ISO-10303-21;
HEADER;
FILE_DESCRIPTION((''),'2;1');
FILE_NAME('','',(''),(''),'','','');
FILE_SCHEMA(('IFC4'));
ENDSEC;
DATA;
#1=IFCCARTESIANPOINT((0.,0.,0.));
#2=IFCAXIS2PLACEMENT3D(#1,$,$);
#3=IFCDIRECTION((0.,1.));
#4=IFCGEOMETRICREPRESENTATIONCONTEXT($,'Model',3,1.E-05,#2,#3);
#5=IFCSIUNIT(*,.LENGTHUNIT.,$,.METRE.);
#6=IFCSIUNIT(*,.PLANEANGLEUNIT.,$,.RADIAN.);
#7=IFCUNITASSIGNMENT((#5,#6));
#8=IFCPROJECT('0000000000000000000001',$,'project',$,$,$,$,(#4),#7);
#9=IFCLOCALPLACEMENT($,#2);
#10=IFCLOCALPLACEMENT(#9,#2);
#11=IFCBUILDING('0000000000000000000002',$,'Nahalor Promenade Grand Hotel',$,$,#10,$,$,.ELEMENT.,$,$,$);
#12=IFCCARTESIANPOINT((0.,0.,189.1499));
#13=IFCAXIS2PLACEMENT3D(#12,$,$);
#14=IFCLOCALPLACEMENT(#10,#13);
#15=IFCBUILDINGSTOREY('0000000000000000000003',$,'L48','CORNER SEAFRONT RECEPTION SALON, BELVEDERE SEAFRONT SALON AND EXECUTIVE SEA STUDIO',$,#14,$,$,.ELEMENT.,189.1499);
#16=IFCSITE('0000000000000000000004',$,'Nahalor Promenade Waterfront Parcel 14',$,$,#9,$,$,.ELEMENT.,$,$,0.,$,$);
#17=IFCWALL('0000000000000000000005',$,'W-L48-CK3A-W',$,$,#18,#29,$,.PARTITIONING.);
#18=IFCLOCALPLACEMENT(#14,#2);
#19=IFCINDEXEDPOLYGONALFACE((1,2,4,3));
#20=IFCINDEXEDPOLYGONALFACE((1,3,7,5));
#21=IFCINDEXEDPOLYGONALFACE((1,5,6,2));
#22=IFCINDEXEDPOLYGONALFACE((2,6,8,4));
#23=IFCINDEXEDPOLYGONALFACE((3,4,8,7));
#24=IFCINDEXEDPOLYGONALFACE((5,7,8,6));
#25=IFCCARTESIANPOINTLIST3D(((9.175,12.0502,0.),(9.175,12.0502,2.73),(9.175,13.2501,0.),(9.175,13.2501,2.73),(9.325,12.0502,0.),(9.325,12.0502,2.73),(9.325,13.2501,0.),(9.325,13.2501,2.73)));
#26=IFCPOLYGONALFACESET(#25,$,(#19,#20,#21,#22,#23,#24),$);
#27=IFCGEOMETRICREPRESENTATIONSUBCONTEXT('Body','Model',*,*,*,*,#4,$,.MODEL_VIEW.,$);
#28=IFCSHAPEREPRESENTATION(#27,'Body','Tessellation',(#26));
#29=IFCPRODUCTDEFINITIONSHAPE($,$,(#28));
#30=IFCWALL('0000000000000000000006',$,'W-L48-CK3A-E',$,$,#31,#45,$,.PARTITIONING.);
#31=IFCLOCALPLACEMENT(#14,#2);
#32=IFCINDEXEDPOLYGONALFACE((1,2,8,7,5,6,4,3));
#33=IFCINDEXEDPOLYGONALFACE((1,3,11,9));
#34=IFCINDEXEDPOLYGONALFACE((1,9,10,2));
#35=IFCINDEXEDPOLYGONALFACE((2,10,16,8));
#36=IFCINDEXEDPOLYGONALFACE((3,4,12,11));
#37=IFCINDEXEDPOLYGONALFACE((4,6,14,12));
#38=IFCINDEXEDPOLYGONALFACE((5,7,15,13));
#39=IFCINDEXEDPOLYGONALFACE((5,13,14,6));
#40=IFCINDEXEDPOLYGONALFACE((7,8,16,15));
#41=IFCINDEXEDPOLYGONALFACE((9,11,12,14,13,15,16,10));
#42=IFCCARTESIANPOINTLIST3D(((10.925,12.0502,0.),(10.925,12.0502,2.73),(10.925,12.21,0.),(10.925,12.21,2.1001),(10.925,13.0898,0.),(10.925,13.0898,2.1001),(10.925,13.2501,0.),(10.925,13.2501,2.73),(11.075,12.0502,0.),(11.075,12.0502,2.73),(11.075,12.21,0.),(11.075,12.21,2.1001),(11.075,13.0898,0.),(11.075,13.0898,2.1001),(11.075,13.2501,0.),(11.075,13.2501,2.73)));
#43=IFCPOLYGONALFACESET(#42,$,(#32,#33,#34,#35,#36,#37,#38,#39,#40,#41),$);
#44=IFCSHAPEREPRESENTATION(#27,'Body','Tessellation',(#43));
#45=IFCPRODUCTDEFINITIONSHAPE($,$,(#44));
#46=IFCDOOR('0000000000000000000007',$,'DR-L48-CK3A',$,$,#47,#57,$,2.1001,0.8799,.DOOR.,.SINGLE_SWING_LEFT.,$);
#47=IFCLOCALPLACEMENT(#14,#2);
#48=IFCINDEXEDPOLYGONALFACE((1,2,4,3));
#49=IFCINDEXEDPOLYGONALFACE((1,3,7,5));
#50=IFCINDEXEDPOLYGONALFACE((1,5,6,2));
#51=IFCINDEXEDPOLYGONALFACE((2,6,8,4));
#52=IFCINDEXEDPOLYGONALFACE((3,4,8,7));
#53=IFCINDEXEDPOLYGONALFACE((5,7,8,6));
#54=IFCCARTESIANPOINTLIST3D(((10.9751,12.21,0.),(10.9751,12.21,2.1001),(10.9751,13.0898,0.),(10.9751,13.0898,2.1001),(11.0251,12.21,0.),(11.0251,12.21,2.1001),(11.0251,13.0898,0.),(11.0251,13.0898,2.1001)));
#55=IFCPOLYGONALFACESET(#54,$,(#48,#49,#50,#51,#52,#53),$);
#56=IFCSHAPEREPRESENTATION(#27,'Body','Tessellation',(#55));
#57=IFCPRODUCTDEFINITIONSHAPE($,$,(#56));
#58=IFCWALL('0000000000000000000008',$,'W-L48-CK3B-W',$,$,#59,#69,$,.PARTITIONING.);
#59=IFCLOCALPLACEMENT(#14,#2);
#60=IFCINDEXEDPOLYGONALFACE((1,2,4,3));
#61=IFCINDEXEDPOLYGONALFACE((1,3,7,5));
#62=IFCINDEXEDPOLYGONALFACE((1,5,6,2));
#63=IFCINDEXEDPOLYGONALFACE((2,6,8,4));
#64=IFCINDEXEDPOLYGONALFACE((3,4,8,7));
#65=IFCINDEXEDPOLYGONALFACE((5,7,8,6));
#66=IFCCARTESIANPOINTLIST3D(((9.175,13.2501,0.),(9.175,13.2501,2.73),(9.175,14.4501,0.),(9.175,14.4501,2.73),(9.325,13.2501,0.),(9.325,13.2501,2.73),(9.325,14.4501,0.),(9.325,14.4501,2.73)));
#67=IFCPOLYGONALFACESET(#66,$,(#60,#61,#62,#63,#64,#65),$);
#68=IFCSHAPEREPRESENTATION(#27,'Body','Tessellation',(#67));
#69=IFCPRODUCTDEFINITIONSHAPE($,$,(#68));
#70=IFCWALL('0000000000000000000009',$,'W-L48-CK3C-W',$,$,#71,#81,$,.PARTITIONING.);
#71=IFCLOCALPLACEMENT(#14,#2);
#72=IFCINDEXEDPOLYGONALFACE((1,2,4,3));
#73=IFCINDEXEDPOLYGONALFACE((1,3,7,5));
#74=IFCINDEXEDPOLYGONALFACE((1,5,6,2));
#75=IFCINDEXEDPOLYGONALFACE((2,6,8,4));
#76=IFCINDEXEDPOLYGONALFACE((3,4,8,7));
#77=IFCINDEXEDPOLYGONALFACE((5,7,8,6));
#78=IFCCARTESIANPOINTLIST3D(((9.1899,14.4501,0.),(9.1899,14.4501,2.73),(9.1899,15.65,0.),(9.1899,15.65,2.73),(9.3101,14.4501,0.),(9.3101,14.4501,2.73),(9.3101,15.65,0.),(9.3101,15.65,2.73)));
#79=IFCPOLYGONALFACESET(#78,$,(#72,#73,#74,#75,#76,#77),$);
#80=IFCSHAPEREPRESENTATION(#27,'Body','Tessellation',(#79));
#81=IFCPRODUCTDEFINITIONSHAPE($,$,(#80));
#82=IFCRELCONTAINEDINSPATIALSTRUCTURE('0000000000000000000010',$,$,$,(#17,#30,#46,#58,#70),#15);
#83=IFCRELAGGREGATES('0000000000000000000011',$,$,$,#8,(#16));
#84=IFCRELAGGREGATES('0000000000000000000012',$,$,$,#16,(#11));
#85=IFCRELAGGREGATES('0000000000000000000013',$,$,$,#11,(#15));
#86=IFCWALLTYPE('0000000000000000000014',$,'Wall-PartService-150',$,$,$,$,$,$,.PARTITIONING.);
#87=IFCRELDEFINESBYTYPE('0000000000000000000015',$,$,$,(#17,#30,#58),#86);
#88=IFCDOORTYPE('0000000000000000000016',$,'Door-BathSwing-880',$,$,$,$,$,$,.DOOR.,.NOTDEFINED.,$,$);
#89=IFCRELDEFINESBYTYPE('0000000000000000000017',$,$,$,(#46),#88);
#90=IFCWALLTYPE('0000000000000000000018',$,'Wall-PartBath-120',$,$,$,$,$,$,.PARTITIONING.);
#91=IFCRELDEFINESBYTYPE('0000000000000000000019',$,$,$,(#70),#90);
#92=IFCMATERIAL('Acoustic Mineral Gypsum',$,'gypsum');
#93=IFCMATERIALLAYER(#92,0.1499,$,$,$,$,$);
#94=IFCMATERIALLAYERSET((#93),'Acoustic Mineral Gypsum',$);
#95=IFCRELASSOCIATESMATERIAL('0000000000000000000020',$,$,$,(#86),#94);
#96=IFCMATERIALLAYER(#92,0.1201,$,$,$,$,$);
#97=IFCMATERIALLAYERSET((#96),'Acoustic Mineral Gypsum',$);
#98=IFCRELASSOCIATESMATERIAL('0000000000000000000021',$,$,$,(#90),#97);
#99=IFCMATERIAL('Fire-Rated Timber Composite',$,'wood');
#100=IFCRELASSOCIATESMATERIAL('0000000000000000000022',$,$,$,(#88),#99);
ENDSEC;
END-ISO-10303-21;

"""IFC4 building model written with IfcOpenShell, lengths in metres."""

from ifc_helpers import new_model, si_unit, direction, frame, frame_2d, origin, place, context, subcontext, project, spatial, rectangle, extrude, source, transform, mapped, material, layer, layer_set, type_object, element, fill, save


model = new_model("IFC4")

# Units and contexts
model_context = context("Model", 3, precision=1e-05, world=origin(), true_north=direction((0.0, 1.0)))
body_context = subcontext(model_context, "Body", "Model", "MODEL_VIEW")
ifc_project = project(units=[si_unit("LENGTHUNIT", "METRE"), si_unit("PLANEANGLEUNIT", "RADIAN")], contexts=[model_context])

# Site, building, storey
site_placement = place(None, origin())
site = spatial("IfcSite", under=ifc_project, at=site_placement, Name="Nahalor Promenade Waterfront Parcel 14", CompositionType="ELEMENT", RefElevation=0.0)
building_placement = place(site_placement, origin())
building = spatial("IfcBuilding", under=site, at=building_placement, Name="Nahalor Promenade Grand Hotel", CompositionType="ELEMENT")
storey_placement = place(building_placement, frame((0.0, 0.0, 189.1499)))
storey = spatial("IfcBuildingStorey", under=building, at=storey_placement, Name="L48", Description="CORNER SEAFRONT RECEPTION SALON, BELVEDERE SEAFRONT SALON AND EXECUTIVE SEA STUDIO", CompositionType="ELEMENT", Elevation=189.1499)

# Wall
ifc_material_1 = material(Name="Acoustic Mineral Gypsum", Category="gypsum")
ifc_layer_1 = layer(ifc_material_1, 0.1499)
ifc_layer_set_1 = layer_set([ifc_layer_1], Name="Acoustic Mineral Gypsum")
wall_type_1 = type_object("IfcWallType", Name="Wall-PartService-150", PredefinedType="PARTITIONING", material=ifc_layer_set_1)
ifc_layer_2 = layer(ifc_material_1, 0.1201)
ifc_layer_set_2 = layer_set([ifc_layer_2], Name="Acoustic Mineral Gypsum")
wall_type_2 = type_object("IfcWallType", Name="Wall-PartBath-120", PredefinedType="PARTITIONING", material=ifc_layer_set_2)
shared_shape_1 = source(origin(), body_context, "Body", "SweptSolid", [
    extrude(rectangle(XDim=1.2, YDim=0.1499, at=frame_2d((0.6001, 0.0))), origin(), (0.0, 0.0, 1.0), 2.73),
])
wall_1_placement = place(storey_placement, frame((9.25, 12.05, 0.0), z_axis=(0.0, 0.0, 1.0), x_axis=(0.0, 1.0, 0.0)))
element("IfcWall", 1, at=wall_1_placement, inside=storey, type_object=wall_type_1, Name="W-L48-CK3A-W", PredefinedType="PARTITIONING", context=body_context, shape_type="MappedRepresentation", body=[
    mapped(shared_shape_1, transform((0.0, 0.0, 0.0), scale=1.0)),
])

# Wall, opening, door
wall_2_placement = place(storey_placement, frame((11.0, 12.05, 0.0), z_axis=(0.0, 0.0, 1.0), x_axis=(0.0, 1.0, 0.0)))
wall_2 = element("IfcWall", 2, at=wall_2_placement, inside=storey, type_object=wall_type_1, Name="W-L48-CK3A-E", PredefinedType="PARTITIONING", context=body_context, shape_type="MappedRepresentation", body=[
    mapped(shared_shape_1, transform((0.0, 0.0, 0.0), scale=1.0)),
])
opening_placement = place(wall_2_placement, frame((0.1599, 0.0, 0.0)))
opening = element("IfcOpeningElement", 3, at=opening_placement, cuts=wall_2, PredefinedType="OPENING", context=body_context, shape_type="SweptSolid", body=[
    extrude(rectangle(XDim=0.8799, YDim=2.1001, at=frame_2d((0.4399, 1.05))), frame((0.0, 0.085, 0.0), z_axis=(0.0, -1.0, 0.0), x_axis=(1.0, 0.0, 0.0)), (0.0, 0.0, 1.0), 0.1699),
])
ifc_material_2 = material(Name="Fire-Rated Timber Composite", Category="wood")
door_type = type_object("IfcDoorType", Name="Door-BathSwing-880", OperationType="NOTDEFINED", PredefinedType="DOOR", material=ifc_material_2)
shared_shape_2 = source(origin(), body_context, "Body", "SweptSolid", [
    extrude(rectangle(XDim=0.8799, YDim=2.1001, at=frame_2d((0.4399, 1.05))), frame((0.0, 0.0249, 0.0), z_axis=(0.0, -1.0, 0.0), x_axis=(1.0, 0.0, 0.0)), (0.0, 0.0, 1.0), 0.05),
])
door_placement = place(opening_placement, origin())
door = element("IfcDoor", 4, at=door_placement, inside=storey, type_object=door_type, Name="DR-L48-CK3A", OperationType="SINGLE_SWING_LEFT", OverallHeight=2.1001, OverallWidth=0.8799, PredefinedType="DOOR", context=body_context, shape_type="MappedRepresentation", body=[
    mapped(shared_shape_2, transform((0.0, 0.0, 0.0), scale=1.0)),
])
fill(opening, door)

# Walls
wall_3_placement = place(storey_placement, frame((9.25, 13.25, 0.0), z_axis=(0.0, 0.0, 1.0), x_axis=(0.0, 1.0, 0.0)))
element("IfcWall", 5, at=wall_3_placement, inside=storey, type_object=wall_type_1, Name="W-L48-CK3B-W", PredefinedType="PARTITIONING", context=body_context, shape_type="MappedRepresentation", body=[
    mapped(shared_shape_1, transform((0.0, 0.0, 0.0), scale=1.0)),
])
shared_shape_3 = source(origin(), body_context, "Body", "SweptSolid", [
    extrude(rectangle(XDim=1.2, YDim=0.1201, at=frame_2d((0.6001, 0.0))), origin(), (0.0, 0.0, 1.0), 2.73),
])
wall_4_placement = place(storey_placement, frame((9.25, 14.45, 0.0), z_axis=(0.0, 0.0, 1.0), x_axis=(0.0, 1.0, 0.0)))
element("IfcWall", 6, at=wall_4_placement, inside=storey, type_object=wall_type_2, Name="W-L48-CK3C-W", PredefinedType="PARTITIONING", context=body_context, shape_type="MappedRepresentation", body=[
    mapped(shared_shape_3, transform((0.0, 0.0, 0.0), scale=1.0)),
])

save(model, "model.ifc")
